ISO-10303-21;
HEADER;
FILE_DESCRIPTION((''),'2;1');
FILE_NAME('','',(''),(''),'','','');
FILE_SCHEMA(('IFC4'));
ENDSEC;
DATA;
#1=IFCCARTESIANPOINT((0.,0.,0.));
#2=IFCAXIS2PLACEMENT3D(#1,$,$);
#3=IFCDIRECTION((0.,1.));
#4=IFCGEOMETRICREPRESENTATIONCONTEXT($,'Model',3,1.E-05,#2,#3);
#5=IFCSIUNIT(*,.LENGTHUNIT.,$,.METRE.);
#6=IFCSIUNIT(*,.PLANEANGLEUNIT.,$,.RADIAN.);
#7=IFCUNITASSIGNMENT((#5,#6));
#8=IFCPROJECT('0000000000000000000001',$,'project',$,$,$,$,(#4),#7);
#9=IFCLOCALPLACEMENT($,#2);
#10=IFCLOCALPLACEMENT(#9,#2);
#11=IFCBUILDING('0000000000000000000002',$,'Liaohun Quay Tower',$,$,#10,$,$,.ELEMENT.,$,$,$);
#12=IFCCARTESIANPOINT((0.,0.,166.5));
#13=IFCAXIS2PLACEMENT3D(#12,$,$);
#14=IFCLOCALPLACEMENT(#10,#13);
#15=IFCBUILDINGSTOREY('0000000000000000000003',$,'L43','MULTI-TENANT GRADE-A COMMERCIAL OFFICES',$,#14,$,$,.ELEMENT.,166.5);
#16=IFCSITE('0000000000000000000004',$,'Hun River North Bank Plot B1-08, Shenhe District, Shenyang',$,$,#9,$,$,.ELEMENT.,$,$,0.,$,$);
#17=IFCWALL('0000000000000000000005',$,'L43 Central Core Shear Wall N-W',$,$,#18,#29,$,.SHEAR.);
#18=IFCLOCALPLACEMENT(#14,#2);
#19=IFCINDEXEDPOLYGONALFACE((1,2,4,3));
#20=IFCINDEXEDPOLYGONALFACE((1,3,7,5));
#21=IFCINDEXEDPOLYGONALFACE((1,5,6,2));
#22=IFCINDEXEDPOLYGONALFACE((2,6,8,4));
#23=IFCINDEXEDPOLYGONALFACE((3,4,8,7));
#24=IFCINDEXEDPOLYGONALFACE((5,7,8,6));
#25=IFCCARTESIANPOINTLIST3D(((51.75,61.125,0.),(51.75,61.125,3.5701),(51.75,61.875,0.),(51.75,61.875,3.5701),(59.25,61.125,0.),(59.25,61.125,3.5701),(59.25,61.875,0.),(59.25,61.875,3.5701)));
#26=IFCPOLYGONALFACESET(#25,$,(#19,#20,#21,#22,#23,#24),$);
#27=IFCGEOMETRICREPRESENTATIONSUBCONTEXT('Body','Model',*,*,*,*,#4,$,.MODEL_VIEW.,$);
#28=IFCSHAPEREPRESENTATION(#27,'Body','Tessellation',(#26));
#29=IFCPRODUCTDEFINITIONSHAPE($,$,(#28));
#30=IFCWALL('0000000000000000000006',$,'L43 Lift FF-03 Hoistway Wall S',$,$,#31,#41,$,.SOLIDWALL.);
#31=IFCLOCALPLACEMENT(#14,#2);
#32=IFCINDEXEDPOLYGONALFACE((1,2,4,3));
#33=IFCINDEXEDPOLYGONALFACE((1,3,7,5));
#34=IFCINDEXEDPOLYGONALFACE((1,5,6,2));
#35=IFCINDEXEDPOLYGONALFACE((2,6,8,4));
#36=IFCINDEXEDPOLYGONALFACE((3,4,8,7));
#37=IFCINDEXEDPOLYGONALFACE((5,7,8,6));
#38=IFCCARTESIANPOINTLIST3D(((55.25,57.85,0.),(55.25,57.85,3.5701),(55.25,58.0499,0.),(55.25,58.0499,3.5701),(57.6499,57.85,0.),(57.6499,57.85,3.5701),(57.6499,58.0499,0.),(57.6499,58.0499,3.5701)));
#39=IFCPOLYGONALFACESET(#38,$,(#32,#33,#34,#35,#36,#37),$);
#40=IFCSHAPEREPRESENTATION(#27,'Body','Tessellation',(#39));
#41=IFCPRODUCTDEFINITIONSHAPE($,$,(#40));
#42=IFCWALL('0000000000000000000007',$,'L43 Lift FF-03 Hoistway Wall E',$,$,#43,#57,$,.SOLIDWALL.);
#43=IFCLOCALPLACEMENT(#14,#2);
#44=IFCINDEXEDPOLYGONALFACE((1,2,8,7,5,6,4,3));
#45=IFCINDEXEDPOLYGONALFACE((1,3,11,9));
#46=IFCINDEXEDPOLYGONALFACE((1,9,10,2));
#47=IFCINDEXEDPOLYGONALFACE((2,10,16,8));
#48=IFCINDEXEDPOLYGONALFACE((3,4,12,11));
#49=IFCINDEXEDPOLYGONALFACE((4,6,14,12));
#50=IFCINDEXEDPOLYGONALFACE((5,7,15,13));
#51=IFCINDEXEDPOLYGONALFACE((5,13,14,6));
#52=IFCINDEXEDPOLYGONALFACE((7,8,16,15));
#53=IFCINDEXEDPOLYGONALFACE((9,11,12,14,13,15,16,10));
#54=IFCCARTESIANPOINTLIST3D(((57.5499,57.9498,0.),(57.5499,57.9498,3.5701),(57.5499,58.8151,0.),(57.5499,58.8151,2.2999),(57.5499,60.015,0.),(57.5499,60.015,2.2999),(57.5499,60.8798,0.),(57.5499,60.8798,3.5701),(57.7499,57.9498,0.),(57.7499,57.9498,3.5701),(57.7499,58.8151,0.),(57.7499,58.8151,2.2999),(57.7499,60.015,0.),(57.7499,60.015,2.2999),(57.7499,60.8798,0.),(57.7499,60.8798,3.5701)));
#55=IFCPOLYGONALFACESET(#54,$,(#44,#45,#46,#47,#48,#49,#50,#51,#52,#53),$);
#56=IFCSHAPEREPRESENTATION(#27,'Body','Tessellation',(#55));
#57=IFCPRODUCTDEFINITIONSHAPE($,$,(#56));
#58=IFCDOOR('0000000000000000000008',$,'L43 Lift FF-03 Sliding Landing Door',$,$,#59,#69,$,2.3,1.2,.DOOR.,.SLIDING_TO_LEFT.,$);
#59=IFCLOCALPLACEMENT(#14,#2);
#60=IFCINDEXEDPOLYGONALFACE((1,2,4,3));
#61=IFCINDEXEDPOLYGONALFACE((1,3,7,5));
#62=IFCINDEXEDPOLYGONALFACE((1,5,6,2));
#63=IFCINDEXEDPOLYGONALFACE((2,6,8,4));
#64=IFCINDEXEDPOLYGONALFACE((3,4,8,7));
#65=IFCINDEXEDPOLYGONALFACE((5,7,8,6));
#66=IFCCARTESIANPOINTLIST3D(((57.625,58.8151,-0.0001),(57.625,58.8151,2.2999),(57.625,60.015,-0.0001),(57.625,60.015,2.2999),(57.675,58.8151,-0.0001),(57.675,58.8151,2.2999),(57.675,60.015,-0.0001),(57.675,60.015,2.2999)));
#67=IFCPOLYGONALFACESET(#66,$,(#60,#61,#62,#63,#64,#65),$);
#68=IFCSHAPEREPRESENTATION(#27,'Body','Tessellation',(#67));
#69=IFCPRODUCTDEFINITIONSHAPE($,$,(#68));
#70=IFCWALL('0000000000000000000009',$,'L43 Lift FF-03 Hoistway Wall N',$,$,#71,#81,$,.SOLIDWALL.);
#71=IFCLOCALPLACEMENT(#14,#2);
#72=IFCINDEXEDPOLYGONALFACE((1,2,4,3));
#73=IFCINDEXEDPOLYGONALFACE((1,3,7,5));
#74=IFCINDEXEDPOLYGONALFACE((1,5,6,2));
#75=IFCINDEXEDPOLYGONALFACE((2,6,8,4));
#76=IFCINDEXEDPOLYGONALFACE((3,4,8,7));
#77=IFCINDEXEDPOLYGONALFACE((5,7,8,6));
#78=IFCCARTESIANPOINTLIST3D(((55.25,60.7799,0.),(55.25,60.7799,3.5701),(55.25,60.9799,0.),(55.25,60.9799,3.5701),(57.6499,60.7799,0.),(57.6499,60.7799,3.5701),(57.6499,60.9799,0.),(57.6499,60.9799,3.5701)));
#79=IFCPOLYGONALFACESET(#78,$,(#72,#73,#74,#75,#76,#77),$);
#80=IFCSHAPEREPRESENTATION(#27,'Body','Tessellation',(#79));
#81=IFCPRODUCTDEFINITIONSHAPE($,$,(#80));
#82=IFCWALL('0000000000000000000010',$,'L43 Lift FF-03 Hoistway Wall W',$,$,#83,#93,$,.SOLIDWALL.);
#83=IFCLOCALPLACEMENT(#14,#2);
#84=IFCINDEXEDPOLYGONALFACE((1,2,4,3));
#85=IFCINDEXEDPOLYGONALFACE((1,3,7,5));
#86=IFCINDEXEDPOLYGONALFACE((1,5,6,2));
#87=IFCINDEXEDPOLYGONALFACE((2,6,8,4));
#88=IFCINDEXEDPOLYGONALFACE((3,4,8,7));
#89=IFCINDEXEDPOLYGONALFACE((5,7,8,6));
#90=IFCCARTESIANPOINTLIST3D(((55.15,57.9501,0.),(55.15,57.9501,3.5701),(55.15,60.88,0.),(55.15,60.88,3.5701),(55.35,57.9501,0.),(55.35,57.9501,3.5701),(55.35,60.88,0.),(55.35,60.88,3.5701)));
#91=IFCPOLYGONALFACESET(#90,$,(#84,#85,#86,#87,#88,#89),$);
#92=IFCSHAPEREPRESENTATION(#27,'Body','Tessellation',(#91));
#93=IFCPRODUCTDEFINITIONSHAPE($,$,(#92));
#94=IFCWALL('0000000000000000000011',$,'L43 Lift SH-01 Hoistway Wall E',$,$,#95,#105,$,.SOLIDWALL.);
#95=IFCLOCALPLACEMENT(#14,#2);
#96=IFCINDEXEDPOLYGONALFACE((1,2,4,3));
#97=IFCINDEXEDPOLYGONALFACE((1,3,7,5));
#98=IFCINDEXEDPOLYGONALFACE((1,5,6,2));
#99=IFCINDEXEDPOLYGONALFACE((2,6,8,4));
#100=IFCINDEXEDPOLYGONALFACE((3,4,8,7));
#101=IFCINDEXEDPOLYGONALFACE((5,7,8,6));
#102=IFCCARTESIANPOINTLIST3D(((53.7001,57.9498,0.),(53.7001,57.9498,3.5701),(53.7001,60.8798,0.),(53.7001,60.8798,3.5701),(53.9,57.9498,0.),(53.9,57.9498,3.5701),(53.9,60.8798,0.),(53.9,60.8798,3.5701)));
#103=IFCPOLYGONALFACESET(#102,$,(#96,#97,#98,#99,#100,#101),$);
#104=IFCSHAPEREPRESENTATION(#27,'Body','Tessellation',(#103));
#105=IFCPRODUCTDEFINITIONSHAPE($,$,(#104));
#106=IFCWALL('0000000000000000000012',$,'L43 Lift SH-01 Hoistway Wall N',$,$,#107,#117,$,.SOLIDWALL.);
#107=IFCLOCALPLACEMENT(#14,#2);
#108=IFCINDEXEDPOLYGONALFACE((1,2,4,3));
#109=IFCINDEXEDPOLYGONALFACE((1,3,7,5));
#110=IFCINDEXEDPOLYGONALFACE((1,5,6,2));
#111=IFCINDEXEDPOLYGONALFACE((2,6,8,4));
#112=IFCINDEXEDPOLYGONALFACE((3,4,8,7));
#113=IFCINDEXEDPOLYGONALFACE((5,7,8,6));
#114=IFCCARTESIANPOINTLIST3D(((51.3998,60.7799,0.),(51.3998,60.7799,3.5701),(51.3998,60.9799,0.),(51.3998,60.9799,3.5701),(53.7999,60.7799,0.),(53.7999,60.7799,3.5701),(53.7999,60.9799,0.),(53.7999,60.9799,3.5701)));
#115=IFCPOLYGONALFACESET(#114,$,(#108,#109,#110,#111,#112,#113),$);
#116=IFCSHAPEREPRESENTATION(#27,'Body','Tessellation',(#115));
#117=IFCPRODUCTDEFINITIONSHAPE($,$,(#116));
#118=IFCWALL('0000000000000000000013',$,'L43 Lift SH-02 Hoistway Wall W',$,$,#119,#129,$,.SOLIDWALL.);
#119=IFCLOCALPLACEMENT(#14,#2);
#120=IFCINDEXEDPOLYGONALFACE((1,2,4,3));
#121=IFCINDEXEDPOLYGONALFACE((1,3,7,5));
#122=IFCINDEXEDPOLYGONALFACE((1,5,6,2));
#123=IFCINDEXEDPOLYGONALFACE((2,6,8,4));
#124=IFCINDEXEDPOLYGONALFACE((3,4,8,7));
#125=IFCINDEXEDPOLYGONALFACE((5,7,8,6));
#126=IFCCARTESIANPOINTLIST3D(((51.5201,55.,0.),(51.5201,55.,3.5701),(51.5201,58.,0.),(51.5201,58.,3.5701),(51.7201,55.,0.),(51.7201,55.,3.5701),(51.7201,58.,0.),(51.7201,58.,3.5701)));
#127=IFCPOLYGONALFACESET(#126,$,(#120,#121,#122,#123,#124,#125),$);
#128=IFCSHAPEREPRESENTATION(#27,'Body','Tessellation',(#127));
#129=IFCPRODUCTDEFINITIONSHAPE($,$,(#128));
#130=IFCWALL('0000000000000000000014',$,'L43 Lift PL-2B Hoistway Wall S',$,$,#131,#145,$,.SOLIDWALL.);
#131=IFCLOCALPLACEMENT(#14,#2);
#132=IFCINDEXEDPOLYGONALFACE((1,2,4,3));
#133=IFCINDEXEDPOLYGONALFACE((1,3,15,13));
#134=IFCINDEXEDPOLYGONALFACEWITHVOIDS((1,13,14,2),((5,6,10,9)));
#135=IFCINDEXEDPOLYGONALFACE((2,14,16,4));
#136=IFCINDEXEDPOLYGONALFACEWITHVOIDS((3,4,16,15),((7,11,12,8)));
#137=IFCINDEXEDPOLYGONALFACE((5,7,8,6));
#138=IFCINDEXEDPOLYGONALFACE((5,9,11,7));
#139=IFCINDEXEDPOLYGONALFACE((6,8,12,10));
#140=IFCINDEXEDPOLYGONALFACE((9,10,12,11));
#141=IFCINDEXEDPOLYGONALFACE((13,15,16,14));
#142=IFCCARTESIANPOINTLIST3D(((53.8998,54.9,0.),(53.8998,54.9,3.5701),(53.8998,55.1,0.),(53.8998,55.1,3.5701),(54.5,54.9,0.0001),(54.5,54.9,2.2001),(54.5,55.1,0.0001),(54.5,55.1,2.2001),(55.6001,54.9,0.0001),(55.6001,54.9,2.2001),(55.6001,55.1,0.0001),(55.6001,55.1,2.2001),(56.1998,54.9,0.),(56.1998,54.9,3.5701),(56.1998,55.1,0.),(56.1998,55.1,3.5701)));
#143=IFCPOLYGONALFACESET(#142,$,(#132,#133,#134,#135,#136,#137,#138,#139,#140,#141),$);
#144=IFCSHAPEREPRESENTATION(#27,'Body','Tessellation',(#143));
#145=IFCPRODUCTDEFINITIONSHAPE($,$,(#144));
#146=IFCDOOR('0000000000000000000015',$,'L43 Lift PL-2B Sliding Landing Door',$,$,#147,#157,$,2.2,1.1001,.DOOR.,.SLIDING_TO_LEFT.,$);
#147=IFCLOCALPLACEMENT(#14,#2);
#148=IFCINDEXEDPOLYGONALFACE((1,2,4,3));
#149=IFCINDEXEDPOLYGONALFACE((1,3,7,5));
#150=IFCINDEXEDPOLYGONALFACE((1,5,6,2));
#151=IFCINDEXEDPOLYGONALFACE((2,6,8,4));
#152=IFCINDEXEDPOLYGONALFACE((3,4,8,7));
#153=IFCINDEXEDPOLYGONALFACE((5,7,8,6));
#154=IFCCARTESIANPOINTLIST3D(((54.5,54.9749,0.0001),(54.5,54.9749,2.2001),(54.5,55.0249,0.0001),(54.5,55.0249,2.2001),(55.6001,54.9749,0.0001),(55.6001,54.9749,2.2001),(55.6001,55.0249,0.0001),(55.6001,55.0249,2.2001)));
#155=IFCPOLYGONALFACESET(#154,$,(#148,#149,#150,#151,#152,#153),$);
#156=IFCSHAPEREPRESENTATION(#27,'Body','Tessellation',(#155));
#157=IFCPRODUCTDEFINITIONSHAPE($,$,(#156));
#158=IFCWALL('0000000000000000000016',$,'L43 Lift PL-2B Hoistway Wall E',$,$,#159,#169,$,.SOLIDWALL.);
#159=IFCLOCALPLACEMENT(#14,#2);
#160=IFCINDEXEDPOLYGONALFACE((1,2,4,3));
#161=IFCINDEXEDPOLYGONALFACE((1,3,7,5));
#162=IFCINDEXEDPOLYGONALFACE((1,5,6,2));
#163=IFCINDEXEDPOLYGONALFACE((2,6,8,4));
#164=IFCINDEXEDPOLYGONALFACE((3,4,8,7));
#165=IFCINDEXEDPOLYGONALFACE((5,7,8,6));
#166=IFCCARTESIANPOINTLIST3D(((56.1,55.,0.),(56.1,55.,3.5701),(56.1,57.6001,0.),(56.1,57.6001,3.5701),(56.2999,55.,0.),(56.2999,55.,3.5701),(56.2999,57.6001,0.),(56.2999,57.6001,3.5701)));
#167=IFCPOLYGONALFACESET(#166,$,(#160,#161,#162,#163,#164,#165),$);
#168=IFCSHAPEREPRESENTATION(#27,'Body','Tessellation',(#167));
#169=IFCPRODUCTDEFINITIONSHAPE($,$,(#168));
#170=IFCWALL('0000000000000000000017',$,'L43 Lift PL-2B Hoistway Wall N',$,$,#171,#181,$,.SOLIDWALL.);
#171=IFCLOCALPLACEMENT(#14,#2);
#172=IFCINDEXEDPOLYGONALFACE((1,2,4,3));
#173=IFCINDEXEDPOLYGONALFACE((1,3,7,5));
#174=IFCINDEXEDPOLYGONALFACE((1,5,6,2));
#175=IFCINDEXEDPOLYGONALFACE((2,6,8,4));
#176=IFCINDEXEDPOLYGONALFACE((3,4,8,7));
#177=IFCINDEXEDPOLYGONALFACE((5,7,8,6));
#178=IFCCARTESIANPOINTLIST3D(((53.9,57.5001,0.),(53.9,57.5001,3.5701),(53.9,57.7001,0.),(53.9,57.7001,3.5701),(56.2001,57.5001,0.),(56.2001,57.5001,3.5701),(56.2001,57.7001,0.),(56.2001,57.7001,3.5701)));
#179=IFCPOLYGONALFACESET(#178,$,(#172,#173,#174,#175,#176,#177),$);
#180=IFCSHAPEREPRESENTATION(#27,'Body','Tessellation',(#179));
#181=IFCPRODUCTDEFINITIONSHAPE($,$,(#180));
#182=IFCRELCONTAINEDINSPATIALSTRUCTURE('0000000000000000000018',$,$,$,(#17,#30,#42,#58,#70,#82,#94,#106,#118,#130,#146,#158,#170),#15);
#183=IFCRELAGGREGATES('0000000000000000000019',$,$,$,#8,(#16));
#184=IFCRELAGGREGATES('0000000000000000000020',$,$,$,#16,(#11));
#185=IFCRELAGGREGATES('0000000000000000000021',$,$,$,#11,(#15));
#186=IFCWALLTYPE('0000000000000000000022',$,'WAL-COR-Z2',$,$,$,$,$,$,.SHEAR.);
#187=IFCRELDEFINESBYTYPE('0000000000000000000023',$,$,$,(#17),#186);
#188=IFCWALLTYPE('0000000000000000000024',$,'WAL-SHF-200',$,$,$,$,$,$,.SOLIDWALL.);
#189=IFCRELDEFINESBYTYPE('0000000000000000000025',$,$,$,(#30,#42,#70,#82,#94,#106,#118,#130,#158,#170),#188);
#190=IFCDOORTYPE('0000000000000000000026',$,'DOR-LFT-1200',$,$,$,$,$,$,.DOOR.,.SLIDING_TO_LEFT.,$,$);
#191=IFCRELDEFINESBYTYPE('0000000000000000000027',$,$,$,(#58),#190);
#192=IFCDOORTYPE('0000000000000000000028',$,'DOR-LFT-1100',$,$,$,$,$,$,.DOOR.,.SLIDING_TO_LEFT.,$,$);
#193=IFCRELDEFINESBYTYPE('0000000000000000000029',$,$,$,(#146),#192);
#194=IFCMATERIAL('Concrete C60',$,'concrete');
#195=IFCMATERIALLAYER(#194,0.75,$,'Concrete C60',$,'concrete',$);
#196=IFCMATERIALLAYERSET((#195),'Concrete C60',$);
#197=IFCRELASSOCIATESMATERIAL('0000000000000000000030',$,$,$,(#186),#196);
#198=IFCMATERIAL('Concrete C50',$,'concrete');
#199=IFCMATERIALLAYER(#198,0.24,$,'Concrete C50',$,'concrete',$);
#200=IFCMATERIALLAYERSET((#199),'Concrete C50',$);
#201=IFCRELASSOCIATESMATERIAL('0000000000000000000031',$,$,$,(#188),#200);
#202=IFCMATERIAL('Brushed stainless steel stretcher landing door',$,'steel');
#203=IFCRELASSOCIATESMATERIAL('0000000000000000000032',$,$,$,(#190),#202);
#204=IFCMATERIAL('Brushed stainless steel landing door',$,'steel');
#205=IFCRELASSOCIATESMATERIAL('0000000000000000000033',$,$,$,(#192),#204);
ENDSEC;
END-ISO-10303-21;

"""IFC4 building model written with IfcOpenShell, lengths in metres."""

from ifc_helpers import new_model, si_unit, direction, frame, frame_2d, origin, place, context, subcontext, project, spatial, rectangle, extrude, source, transform, mapped, material, layer, layer_set, type_object, element, fill, save


model = new_model("IFC4")

# Units and contexts
model_context = context("Model", 3, precision=1e-05, world=origin(), true_north=direction((0.0, 1.0)))
body_context = subcontext(model_context, "Body", "Model", "MODEL_VIEW")
ifc_project = project(units=[si_unit("LENGTHUNIT", "METRE"), si_unit("PLANEANGLEUNIT", "RADIAN")], contexts=[model_context])

# Site, building, storey
site_placement = place(None, origin())
site = spatial("IfcSite", under=ifc_project, at=site_placement, Name="Hun River North Bank Plot B1-08, Shenhe District, Shenyang", CompositionType="ELEMENT", RefElevation=0.0)
building_placement = place(site_placement, origin())
building = spatial("IfcBuilding", under=site, at=building_placement, Name="Liaohun Quay Tower", CompositionType="ELEMENT")
storey_placement = place(building_placement, frame((0.0, 0.0, 166.5)))
storey = spatial("IfcBuildingStorey", under=building, at=storey_placement, Name="L43", Description="MULTI-TENANT GRADE-A COMMERCIAL OFFICES", CompositionType="ELEMENT", Elevation=166.5)

# Walls
ifc_material_1 = material(Name="Concrete C60", Category="concrete")
ifc_layer_1 = layer(ifc_material_1, 0.75, Name="Concrete C60", Category="concrete")
ifc_layer_set_1 = layer_set([ifc_layer_1], Name="Concrete C60")
wall_type_1 = type_object("IfcWallType", Name="WAL-COR-Z2", PredefinedType="SHEAR", material=ifc_layer_set_1)
wall_1_placement = place(storey_placement, frame((51.75, 61.5, 0.0), z_axis=(0.0, 0.0, 1.0), x_axis=(1.0, 0.0, 0.0)))
element("IfcWall", 1, at=wall_1_placement, inside=storey, type_object=wall_type_1, Name="L43 Central Core Shear Wall N-W", PredefinedType="SHEAR", context=body_context, shape_type="SweptSolid", body=[
    extrude(rectangle(XDim=7.5, YDim=0.75, at=frame_2d((3.75, 0.0))), origin(), (0.0, 0.0, 1.0), 3.5701),
])
ifc_material_2 = material(Name="Concrete C50", Category="concrete")
ifc_layer_2 = layer(ifc_material_2, 0.24, Name="Concrete C50", Category="concrete")
ifc_layer_set_2 = layer_set([ifc_layer_2], Name="Concrete C50")
wall_type_2 = type_object("IfcWallType", Name="WAL-SHF-200", PredefinedType="SOLIDWALL", material=ifc_layer_set_2)
wall_2_placement = place(storey_placement, frame((55.25, 57.95, 0.0), z_axis=(0.0, 0.0, 1.0), x_axis=(1.0, 0.0, 0.0)))
element("IfcWall", 2, at=wall_2_placement, inside=storey, type_object=wall_type_2, Name="L43 Lift FF-03 Hoistway Wall S", PredefinedType="SOLIDWALL", context=body_context, shape_type="SweptSolid", body=[
    extrude(rectangle(XDim=2.3999, YDim=0.2, at=frame_2d((1.2, 0.0))), origin(), (0.0, 0.0, 1.0), 3.5701),
])

# Wall, opening, door
wall_3_placement = place(storey_placement, frame((57.6499, 57.95, 0.0), z_axis=(0.0, 0.0, 1.0), x_axis=(0.0, 1.0, 0.0)))
wall_3 = element("IfcWall", 3, at=wall_3_placement, inside=storey, type_object=wall_type_2, Name="L43 Lift FF-03 Hoistway Wall E", PredefinedType="SOLIDWALL", context=body_context, shape_type="SweptSolid", body=[
    extrude(rectangle(XDim=2.9299, YDim=0.2, at=frame_2d((1.4648, 0.0))), origin(), (0.0, 0.0, 1.0), 3.5701),
])
shared_shape_1 = source(origin(), body_context, "Body", "SweptSolid", [
    extrude(rectangle(XDim=1.2, YDim=2.3, at=frame_2d((0.6001, 1.1499))), frame((0.0, 0.1099, 0.0), z_axis=(0.0, -1.0, 0.0), x_axis=(1.0, 0.0, 0.0)), (0.0, 0.0, 1.0), 0.22),
])
opening_1_placement = place(wall_3_placement, frame((0.865, 0.0, 0.0)))
opening_1 = element("IfcOpeningElement", 4, at=opening_1_placement, cuts=wall_3, PredefinedType="OPENING", context=body_context, shape_type="MappedRepresentation", body=[
    mapped(shared_shape_1, transform((0.0, 0.0, 0.0), x_axis=(1.0, 0.0, 0.0), y_axis=(0.0, 1.0, 0.0), z_axis=(0.0, 0.0, 1.0), scale=1.0)),
])
ifc_material_3 = material(Name="Brushed stainless steel stretcher landing door", Category="steel")
door_type_1 = type_object("IfcDoorType", Name="DOR-LFT-1200", OperationType="SLIDING_TO_LEFT", PredefinedType="DOOR", material=ifc_material_3)
shared_shape_2 = source(origin(), body_context, "Body", "SweptSolid", [
    extrude(rectangle(XDim=1.2, YDim=2.3, at=frame_2d((0.6001, 1.1499))), frame((0.0, 0.0249, 0.0), z_axis=(0.0, -1.0, 0.0), x_axis=(1.0, 0.0, 0.0)), (0.0, 0.0, 1.0), 0.05),
])
door_1_placement = place(opening_1_placement, origin())
door_1 = element("IfcDoor", 5, at=door_1_placement, inside=storey, type_object=door_type_1, Name="L43 Lift FF-03 Sliding Landing Door", OperationType="SLIDING_TO_LEFT", OverallHeight=2.3, OverallWidth=1.2, PredefinedType="DOOR", context=body_context, shape_type="MappedRepresentation", body=[
    mapped(shared_shape_2, transform((0.0, 0.0, 0.0), x_axis=(1.0, 0.0, 0.0), y_axis=(0.0, 1.0, 0.0), z_axis=(0.0, 0.0, 1.0), scale=1.0)),
])
fill(opening_1, door_1)

# Walls
wall_4_placement = place(storey_placement, frame((57.6499, 60.8799, 0.0), z_axis=(0.0, 0.0, 1.0), x_axis=(-1.0, 0.0, 0.0)))
element("IfcWall", 6, at=wall_4_placement, inside=storey, type_object=wall_type_2, Name="L43 Lift FF-03 Hoistway Wall N", PredefinedType="SOLIDWALL", context=body_context, shape_type="SweptSolid", body=[
    extrude(rectangle(XDim=2.3999, YDim=0.2, at=frame_2d((1.2, 0.0))), origin(), (0.0, 0.0, 1.0), 3.5701),
])
for number, where, z_axis, x_axis, name in (
    (7, (55.25, 60.8799, 0.0), (0.0, 0.0, 1.0), (0.0, -1.0, 0.0), "L43 Lift FF-03 Hoistway Wall W"),
    (8, (53.8, 57.95, 0.0), (0.0, 0.0, 1.0), (0.0, 1.0, 0.0), "L43 Lift SH-01 Hoistway Wall E"),
):
    element("IfcWall", number, at=place(storey_placement, frame(where, z_axis=z_axis, x_axis=x_axis)), inside=storey, type_object=wall_type_2, Name=name, PredefinedType="SOLIDWALL", context=body_context, shape_type="SweptSolid", body=[
        extrude(rectangle(XDim=2.9299, YDim=0.2, at=frame_2d((1.4648, 0.0))), origin(), (0.0, 0.0, 1.0), 3.5701),
    ])
wall_5_placement = place(storey_placement, frame((53.8, 60.8799, 0.0), z_axis=(0.0, 0.0, 1.0), x_axis=(-1.0, 0.0, 0.0)))
element("IfcWall", 9, at=wall_5_placement, inside=storey, type_object=wall_type_2, Name="L43 Lift SH-01 Hoistway Wall N", PredefinedType="SOLIDWALL", context=body_context, shape_type="SweptSolid", body=[
    extrude(rectangle(XDim=2.4001, YDim=0.2, at=frame_2d((1.2002, 0.0))), origin(), (0.0, 0.0, 1.0), 3.5701),
])
wall_6_placement = place(storey_placement, frame((51.6201, 58.0, 0.0), z_axis=(0.0, 0.0, 1.0), x_axis=(0.0, -1.0, 0.0)))
element("IfcWall", 10, at=wall_6_placement, inside=storey, type_object=wall_type_2, Name="L43 Lift SH-02 Hoistway Wall W", PredefinedType="SOLIDWALL", context=body_context, shape_type="SweptSolid", body=[
    extrude(rectangle(XDim=3.0, YDim=0.2, at=frame_2d((1.5, 0.0))), origin(), (0.0, 0.0, 1.0), 3.5701),
])

# Wall, opening, door
wall_7_placement = place(storey_placement, frame((53.8999, 55.0, 0.0), z_axis=(0.0, 0.0, 1.0), x_axis=(1.0, 0.0, 0.0)))
wall_7 = element("IfcWall", 11, at=wall_7_placement, inside=storey, type_object=wall_type_2, Name="L43 Lift PL-2B Hoistway Wall S", PredefinedType="SOLIDWALL", context=body_context, shape_type="SweptSolid", body=[
    extrude(rectangle(XDim=2.3, YDim=0.2, at=frame_2d((1.1499, 0.0))), origin(), (0.0, 0.0, 1.0), 3.5701),
])
shared_shape_3 = source(origin(), body_context, "Body", "SweptSolid", [
    extrude(rectangle(XDim=1.1001, YDim=2.2, at=frame_2d((0.55, 1.1001))), frame((0.0, 0.1099, 0.0), z_axis=(0.0, -1.0, 0.0), x_axis=(1.0, 0.0, 0.0)), (0.0, 0.0, 1.0), 0.22),
])
opening_2_placement = place(wall_7_placement, frame((0.6001, 0.0, 0.0)))
opening_2 = element("IfcOpeningElement", 12, at=opening_2_placement, cuts=wall_7, PredefinedType="OPENING", context=body_context, shape_type="MappedRepresentation", body=[
    mapped(shared_shape_3, transform((0.0, 0.0, 0.0), x_axis=(1.0, 0.0, 0.0), y_axis=(0.0, 1.0, 0.0), z_axis=(0.0, 0.0, 1.0), scale=1.0)),
])
ifc_material_4 = material(Name="Brushed stainless steel landing door", Category="steel")
door_type_2 = type_object("IfcDoorType", Name="DOR-LFT-1100", OperationType="SLIDING_TO_LEFT", PredefinedType="DOOR", material=ifc_material_4)
shared_shape_4 = source(origin(), body_context, "Body", "SweptSolid", [
    extrude(rectangle(XDim=1.1001, YDim=2.2, at=frame_2d((0.55, 1.1001))), frame((0.0, 0.0249, 0.0), z_axis=(0.0, -1.0, 0.0), x_axis=(1.0, 0.0, 0.0)), (0.0, 0.0, 1.0), 0.05),
])
door_2_placement = place(opening_2_placement, origin())
door_2 = element("IfcDoor", 13, at=door_2_placement, inside=storey, type_object=door_type_2, Name="L43 Lift PL-2B Sliding Landing Door", OperationType="SLIDING_TO_LEFT", OverallHeight=2.2, OverallWidth=1.1001, PredefinedType="DOOR", context=body_context, shape_type="MappedRepresentation", body=[
    mapped(shared_shape_4, transform((0.0, 0.0, 0.0), x_axis=(1.0, 0.0, 0.0), y_axis=(0.0, 1.0, 0.0), z_axis=(0.0, 0.0, 1.0), scale=1.0)),
])
fill(opening_2, door_2)

# Walls
wall_8_placement = place(storey_placement, frame((56.2, 55.0, 0.0), z_axis=(0.0, 0.0, 1.0), x_axis=(0.0, 1.0, 0.0)))
element("IfcWall", 14, at=wall_8_placement, inside=storey, type_object=wall_type_2, Name="L43 Lift PL-2B Hoistway Wall E", PredefinedType="SOLIDWALL", context=body_context, shape_type="SweptSolid", body=[
    extrude(rectangle(XDim=2.6001, YDim=0.2, at=frame_2d((1.3, 0.0))), origin(), (0.0, 0.0, 1.0), 3.5701),
])
wall_9_placement = place(storey_placement, frame((56.2, 57.6001, 0.0), z_axis=(0.0, 0.0, 1.0), x_axis=(-1.0, 0.0, 0.0)))
element("IfcWall", 15, at=wall_9_placement, inside=storey, type_object=wall_type_2, Name="L43 Lift PL-2B Hoistway Wall N", PredefinedType="SOLIDWALL", context=body_context, shape_type="SweptSolid", body=[
    extrude(rectangle(XDim=2.3, YDim=0.2, at=frame_2d((1.1499, 0.0))), origin(), (0.0, 0.0, 1.0), 3.5701),
])

save(model, "model.ifc")
